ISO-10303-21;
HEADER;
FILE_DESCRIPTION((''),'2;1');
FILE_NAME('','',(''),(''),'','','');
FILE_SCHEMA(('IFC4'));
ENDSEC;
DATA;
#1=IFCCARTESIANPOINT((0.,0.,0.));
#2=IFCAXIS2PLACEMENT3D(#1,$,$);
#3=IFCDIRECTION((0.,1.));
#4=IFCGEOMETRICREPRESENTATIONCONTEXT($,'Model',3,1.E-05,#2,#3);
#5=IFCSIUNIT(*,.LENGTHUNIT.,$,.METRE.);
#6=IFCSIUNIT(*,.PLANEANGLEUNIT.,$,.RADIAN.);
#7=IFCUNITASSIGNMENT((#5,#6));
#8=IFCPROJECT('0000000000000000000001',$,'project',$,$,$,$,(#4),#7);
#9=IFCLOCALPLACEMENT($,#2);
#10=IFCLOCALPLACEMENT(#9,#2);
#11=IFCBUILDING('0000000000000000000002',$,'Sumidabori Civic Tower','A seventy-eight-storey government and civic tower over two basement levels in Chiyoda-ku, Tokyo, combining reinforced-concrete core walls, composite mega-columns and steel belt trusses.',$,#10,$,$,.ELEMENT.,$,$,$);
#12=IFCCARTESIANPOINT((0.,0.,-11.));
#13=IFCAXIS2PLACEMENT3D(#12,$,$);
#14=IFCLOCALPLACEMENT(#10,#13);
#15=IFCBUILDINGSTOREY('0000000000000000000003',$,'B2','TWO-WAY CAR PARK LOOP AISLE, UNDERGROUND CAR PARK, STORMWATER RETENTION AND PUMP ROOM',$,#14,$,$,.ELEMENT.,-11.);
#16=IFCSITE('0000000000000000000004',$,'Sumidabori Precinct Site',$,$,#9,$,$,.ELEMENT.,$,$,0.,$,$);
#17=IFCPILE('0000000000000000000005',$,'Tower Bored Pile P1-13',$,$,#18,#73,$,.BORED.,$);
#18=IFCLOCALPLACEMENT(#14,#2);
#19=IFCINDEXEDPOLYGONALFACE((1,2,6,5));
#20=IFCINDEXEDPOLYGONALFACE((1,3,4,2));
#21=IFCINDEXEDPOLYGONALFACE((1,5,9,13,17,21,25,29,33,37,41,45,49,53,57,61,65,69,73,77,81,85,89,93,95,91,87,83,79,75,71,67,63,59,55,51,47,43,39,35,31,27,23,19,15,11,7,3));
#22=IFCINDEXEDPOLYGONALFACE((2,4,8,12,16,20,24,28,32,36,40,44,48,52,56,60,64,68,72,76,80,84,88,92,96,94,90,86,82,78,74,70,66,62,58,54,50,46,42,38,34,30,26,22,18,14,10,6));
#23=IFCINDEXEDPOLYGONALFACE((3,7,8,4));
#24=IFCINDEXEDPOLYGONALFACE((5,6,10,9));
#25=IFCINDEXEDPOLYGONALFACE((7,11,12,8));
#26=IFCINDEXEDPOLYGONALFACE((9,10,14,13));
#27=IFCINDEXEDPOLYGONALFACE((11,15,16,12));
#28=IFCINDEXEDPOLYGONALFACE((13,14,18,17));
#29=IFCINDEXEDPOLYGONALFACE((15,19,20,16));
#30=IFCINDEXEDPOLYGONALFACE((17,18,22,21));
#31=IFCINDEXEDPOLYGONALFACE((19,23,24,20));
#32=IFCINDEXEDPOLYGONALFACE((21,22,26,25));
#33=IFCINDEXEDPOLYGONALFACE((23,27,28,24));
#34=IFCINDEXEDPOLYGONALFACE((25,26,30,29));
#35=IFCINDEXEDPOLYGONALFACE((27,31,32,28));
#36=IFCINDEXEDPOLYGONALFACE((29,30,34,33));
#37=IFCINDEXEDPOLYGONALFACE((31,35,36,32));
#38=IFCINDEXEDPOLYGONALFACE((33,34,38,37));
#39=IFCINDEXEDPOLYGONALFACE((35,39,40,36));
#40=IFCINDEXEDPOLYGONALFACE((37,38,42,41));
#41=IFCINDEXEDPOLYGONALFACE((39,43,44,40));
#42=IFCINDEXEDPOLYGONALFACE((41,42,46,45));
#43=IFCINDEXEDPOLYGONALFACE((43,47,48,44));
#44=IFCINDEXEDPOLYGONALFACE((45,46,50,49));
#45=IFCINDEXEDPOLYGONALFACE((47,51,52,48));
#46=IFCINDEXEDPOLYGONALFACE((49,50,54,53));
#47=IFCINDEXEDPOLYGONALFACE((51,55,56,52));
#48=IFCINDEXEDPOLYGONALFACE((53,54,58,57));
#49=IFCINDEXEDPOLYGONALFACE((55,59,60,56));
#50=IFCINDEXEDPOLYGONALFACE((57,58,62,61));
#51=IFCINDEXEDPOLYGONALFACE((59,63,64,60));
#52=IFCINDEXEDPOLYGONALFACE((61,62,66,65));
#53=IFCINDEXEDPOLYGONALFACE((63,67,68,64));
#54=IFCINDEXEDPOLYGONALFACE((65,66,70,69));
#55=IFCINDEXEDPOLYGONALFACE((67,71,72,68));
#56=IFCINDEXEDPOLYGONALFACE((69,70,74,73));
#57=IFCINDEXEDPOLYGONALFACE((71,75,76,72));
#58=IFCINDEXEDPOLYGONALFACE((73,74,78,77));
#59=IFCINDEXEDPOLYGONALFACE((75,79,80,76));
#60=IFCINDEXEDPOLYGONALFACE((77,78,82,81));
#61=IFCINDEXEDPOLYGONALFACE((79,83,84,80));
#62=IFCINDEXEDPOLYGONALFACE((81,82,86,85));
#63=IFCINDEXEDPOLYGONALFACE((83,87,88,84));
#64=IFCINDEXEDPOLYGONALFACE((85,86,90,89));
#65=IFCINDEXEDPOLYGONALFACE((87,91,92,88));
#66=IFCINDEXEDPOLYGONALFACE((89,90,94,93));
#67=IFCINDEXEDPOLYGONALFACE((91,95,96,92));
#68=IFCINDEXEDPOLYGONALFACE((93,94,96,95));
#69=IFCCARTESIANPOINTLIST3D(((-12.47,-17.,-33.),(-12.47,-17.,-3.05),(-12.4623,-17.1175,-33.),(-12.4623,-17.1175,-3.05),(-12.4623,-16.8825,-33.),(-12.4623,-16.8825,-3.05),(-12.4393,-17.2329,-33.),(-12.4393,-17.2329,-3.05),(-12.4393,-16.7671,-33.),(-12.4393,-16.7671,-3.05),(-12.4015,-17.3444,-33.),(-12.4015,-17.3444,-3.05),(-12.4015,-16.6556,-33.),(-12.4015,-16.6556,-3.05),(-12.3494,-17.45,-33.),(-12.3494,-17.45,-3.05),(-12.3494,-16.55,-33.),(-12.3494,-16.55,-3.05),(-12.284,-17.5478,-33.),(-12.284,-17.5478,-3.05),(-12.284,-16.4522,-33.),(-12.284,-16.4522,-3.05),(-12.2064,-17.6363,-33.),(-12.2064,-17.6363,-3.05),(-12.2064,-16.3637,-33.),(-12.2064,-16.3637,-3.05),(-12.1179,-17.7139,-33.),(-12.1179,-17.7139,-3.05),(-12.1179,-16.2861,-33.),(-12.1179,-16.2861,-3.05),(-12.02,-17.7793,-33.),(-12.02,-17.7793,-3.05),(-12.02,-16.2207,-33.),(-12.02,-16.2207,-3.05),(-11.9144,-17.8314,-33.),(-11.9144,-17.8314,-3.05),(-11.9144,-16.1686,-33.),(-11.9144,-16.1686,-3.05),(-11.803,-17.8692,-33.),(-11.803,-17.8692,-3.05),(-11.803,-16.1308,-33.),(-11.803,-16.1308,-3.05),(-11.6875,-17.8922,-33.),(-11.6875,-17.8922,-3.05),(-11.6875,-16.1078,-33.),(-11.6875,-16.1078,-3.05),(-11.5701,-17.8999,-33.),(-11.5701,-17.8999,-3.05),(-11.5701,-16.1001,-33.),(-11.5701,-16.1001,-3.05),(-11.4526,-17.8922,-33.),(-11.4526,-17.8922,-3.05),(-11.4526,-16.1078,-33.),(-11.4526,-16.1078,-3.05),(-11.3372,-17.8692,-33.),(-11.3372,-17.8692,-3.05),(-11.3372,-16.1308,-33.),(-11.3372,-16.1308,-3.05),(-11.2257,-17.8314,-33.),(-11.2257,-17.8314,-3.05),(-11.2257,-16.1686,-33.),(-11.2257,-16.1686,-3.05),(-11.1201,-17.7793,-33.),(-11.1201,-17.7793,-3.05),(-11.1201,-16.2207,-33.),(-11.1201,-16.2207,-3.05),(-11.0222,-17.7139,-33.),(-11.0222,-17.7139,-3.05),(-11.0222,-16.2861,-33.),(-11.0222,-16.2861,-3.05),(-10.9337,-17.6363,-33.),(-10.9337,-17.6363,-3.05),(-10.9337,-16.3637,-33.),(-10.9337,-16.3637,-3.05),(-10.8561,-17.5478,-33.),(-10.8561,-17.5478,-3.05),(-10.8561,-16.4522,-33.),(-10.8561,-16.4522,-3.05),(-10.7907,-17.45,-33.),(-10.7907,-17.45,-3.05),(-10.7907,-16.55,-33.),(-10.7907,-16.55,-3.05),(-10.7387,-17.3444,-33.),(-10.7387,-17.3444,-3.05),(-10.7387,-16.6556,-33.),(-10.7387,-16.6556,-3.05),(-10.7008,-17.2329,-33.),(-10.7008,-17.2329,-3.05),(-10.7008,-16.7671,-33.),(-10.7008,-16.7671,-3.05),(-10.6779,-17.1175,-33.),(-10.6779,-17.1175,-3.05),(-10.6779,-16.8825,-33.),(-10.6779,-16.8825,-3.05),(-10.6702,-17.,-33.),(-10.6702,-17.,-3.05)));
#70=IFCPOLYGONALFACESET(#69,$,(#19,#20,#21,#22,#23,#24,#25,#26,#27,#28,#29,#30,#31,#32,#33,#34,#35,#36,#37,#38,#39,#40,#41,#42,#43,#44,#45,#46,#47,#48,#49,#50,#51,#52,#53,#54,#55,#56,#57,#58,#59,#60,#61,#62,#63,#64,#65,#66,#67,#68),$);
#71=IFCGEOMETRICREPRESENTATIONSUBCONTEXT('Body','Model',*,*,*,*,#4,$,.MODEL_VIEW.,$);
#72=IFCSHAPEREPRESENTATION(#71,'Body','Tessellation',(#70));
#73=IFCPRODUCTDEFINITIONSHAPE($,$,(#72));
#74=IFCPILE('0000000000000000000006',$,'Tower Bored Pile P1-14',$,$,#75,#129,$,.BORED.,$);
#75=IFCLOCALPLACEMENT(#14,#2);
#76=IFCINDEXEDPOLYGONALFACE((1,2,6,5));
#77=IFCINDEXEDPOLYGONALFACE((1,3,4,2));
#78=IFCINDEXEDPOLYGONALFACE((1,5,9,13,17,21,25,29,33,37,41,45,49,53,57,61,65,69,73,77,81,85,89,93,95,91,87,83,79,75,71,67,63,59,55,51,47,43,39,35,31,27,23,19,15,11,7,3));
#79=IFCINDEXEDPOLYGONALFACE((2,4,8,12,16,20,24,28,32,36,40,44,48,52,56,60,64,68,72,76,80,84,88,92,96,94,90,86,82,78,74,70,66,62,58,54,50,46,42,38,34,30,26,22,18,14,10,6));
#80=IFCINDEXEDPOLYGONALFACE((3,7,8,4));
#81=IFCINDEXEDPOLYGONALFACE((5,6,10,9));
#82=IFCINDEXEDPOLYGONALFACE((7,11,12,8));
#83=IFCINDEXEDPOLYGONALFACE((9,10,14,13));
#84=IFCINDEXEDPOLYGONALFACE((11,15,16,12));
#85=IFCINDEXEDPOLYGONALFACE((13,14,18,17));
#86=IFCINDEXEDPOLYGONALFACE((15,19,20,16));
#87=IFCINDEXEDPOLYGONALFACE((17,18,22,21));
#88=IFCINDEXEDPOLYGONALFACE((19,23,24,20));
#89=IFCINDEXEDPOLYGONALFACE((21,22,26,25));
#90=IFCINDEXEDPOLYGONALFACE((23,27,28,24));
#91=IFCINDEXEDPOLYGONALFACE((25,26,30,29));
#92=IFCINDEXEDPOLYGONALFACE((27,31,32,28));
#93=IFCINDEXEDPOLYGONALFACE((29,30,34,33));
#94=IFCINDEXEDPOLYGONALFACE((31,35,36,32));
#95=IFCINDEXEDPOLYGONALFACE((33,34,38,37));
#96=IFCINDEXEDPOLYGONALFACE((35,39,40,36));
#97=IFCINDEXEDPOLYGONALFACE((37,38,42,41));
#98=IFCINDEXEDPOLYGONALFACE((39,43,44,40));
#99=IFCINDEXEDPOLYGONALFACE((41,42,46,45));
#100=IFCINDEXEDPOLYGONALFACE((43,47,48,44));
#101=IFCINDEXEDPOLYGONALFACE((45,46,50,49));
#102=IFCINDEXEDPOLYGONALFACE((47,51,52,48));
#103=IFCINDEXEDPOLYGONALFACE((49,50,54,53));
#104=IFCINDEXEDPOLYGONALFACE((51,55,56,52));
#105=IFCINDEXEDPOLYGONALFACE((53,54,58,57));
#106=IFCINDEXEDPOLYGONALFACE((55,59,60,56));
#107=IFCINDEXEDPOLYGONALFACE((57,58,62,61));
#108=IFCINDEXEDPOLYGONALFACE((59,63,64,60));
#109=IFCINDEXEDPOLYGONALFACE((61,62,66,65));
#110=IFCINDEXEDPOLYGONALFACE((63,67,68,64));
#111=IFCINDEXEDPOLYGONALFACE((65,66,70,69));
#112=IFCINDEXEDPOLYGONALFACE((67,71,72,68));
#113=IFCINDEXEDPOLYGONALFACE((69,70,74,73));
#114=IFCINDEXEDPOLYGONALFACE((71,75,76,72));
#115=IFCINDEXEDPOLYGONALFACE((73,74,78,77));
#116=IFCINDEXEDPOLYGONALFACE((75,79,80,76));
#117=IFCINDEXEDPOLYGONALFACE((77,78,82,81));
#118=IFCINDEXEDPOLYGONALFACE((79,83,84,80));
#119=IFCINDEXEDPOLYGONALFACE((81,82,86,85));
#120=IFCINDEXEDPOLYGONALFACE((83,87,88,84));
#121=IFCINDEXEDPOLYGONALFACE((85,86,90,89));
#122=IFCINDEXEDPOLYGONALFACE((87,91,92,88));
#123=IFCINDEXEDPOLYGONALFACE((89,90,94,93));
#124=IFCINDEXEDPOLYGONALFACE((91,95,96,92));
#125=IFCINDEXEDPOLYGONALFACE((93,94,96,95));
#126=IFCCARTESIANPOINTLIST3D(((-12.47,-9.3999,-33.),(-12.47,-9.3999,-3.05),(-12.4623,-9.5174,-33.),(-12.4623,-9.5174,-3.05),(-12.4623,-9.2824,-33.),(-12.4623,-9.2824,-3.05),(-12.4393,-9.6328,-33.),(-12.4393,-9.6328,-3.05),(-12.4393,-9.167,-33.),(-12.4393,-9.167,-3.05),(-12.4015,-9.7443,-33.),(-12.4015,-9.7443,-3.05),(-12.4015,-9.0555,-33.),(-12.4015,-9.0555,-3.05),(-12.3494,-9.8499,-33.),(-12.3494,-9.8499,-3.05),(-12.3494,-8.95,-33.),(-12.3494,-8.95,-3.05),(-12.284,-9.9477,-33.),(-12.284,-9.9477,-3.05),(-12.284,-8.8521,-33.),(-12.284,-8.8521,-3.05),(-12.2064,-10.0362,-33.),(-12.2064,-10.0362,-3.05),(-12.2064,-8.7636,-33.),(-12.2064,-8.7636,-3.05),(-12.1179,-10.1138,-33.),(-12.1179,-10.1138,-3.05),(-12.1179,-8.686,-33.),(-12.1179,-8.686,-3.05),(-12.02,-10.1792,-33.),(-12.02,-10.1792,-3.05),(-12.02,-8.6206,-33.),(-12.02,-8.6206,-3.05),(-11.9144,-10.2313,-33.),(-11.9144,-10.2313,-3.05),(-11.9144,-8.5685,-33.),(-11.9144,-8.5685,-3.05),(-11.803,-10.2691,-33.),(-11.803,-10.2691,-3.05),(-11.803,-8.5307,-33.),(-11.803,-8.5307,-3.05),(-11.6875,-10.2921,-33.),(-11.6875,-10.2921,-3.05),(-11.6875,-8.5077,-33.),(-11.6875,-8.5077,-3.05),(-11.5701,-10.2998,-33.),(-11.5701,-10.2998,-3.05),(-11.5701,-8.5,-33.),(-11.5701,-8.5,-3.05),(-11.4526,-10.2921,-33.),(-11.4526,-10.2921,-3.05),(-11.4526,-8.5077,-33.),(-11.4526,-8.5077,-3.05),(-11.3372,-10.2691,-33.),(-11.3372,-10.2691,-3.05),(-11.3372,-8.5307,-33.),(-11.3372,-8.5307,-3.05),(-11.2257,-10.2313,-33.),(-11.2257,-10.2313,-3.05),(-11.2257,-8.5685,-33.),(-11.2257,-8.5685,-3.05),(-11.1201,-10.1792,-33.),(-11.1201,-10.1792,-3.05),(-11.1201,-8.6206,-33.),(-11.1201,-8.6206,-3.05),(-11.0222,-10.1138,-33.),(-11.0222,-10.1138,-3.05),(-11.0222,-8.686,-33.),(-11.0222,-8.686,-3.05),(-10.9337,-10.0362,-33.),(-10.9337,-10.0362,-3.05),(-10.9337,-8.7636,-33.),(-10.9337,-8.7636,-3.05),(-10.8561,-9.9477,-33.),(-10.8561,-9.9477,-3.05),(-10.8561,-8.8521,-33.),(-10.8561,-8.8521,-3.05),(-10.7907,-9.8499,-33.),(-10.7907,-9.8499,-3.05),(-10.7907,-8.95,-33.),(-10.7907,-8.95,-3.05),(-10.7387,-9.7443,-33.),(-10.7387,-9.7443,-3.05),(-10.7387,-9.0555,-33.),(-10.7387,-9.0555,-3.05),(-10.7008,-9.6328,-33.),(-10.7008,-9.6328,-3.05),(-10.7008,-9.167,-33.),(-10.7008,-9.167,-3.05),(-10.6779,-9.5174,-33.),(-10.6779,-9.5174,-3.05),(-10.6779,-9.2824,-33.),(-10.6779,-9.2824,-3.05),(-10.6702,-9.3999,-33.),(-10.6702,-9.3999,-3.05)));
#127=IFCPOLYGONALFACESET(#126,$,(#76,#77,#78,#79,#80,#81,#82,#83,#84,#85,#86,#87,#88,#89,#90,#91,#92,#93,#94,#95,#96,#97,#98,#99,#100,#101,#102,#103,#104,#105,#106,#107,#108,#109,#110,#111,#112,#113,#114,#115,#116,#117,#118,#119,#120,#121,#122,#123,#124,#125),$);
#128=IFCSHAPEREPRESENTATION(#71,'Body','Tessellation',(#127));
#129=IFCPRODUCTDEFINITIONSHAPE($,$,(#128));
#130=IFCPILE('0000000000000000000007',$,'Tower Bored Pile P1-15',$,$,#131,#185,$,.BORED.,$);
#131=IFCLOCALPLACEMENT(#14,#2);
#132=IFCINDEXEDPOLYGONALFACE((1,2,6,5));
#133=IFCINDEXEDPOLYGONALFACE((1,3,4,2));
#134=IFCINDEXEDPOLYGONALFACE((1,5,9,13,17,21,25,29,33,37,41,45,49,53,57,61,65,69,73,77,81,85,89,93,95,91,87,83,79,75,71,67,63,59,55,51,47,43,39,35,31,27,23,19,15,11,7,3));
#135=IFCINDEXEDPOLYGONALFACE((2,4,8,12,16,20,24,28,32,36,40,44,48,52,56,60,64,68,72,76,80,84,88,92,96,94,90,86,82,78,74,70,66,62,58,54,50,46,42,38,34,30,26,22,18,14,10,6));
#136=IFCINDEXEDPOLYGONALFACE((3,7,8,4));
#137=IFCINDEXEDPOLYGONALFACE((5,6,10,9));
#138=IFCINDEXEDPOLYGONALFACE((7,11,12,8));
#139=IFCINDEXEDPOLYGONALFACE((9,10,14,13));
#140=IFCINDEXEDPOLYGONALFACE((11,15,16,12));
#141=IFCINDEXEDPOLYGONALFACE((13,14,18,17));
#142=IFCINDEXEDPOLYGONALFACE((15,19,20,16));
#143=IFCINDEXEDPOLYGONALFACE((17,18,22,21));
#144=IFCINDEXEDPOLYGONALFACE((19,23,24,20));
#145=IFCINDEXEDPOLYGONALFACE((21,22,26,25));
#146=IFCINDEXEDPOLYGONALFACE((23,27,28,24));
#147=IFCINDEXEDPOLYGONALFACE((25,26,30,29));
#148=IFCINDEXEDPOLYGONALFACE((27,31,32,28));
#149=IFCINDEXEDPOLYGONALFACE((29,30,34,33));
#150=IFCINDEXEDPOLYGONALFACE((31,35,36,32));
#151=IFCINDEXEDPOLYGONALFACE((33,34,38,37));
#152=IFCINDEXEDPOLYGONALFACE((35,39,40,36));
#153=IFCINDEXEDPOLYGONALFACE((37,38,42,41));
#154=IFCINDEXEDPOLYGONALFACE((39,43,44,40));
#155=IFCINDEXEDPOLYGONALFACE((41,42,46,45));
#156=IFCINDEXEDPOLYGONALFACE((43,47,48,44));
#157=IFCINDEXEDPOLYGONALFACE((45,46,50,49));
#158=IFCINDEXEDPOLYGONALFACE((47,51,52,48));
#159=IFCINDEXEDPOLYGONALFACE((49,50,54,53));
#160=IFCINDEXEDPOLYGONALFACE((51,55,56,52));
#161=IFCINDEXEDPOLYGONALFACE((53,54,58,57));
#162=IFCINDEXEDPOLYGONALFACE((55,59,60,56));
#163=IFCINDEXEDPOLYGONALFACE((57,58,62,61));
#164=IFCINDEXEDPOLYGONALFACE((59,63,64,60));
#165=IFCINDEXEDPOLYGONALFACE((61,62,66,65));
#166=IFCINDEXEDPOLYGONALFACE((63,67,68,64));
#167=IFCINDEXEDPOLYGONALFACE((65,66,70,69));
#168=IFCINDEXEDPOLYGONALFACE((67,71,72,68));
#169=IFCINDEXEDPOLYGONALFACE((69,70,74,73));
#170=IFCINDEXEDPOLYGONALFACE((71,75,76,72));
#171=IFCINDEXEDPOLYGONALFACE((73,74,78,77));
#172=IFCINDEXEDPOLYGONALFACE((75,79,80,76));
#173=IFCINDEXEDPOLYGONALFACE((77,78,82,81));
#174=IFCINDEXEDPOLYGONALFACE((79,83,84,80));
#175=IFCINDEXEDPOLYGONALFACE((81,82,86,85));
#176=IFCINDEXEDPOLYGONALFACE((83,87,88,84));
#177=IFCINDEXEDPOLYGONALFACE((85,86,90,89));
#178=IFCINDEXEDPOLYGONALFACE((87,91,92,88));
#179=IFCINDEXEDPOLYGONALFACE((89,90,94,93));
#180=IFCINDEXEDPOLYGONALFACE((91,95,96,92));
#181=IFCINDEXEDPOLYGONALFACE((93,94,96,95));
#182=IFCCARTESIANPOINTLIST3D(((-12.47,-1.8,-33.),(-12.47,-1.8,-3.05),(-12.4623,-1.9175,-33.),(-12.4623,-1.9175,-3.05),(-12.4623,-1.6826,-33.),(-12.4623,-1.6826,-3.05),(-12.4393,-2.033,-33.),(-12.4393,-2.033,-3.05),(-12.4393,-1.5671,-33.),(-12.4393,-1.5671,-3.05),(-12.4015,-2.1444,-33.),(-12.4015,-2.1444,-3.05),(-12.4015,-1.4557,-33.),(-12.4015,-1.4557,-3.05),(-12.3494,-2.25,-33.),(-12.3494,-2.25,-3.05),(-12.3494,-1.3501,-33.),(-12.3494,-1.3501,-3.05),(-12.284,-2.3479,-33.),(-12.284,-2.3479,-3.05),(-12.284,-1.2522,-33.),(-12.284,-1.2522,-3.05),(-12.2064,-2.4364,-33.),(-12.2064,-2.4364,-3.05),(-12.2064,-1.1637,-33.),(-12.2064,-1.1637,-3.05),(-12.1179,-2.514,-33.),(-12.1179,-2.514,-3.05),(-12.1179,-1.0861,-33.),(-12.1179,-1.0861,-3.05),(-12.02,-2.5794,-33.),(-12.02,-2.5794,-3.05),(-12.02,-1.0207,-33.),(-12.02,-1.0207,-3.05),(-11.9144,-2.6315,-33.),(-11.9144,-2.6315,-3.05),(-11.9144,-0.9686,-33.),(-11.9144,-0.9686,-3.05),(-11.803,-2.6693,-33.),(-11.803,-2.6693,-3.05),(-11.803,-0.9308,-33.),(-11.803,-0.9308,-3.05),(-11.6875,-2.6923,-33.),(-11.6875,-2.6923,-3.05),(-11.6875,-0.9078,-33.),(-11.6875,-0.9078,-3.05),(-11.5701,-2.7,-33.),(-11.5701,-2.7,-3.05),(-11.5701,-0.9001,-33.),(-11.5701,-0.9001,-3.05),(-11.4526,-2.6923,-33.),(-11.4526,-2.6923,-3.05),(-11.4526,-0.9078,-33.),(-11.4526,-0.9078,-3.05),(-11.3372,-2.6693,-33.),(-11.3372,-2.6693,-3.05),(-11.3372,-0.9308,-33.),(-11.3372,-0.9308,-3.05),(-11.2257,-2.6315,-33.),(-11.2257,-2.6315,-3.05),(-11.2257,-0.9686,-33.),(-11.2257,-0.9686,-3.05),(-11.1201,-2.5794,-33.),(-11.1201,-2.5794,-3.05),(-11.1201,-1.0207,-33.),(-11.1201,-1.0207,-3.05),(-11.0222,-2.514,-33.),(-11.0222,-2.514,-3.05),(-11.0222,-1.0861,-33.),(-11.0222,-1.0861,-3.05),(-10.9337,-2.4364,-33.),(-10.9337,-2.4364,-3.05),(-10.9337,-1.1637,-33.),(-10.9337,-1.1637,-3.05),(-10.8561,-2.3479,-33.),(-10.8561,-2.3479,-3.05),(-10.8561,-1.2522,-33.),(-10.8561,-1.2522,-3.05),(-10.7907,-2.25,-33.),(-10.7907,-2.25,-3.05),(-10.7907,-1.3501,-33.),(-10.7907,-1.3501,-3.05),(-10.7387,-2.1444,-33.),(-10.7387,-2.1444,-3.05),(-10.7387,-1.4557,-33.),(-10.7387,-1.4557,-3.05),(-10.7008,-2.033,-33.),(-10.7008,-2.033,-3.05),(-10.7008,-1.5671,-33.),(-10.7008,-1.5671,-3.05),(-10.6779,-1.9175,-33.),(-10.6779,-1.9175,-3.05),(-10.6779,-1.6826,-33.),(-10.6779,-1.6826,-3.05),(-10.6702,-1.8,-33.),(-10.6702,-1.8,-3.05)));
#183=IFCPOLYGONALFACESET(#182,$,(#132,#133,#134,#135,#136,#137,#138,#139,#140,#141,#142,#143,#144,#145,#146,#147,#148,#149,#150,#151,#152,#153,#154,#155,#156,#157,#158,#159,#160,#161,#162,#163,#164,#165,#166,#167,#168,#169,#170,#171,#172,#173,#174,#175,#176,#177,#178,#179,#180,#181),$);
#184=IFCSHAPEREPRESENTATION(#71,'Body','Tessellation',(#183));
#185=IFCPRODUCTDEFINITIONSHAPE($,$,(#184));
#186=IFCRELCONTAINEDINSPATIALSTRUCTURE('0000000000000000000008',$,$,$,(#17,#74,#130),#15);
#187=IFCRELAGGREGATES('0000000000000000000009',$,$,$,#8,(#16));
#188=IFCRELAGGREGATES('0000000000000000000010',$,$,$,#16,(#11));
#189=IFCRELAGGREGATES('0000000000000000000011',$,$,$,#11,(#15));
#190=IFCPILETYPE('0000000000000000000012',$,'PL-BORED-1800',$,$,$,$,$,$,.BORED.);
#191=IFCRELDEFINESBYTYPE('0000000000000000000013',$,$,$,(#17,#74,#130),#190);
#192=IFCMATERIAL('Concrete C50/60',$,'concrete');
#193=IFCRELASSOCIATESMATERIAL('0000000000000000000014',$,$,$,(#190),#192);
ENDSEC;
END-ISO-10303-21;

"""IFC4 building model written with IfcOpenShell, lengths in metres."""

from ifc_helpers import new_model, si_unit, direction, frame, origin, origin_2d, place, context, subcontext, project, spatial, circle, extrude, source, transform, mapped, material, material_profile, profile_set, type_object, element, save


model = new_model("IFC4")

# Units and contexts
model_context = context("Model", 3, precision=1e-05, world=origin(), true_north=direction((0.0, 1.0)))
body_context = subcontext(model_context, "Body", "Model", "MODEL_VIEW")
ifc_project = project(units=[si_unit("LENGTHUNIT", "METRE"), si_unit("PLANEANGLEUNIT", "RADIAN")], contexts=[model_context])

# Site, building, storey
site_placement = place(None, origin())
site = spatial("IfcSite", under=ifc_project, at=site_placement, Name="Sumidabori Precinct Site", CompositionType="ELEMENT", RefElevation=0.0)
building_placement = place(site_placement, origin())
building = spatial("IfcBuilding", under=site, at=building_placement, Name="Sumidabori Civic Tower", Description="A seventy-eight-storey government and civic tower over two basement levels in Chiyoda-ku, Tokyo, combining reinforced-concrete core walls, composite mega-columns and steel belt trusses.", CompositionType="ELEMENT")
storey_placement = place(building_placement, frame((0.0, 0.0, -11.0)))
storey = spatial("IfcBuildingStorey", under=building, at=storey_placement, Name="B2", Description="TWO-WAY CAR PARK LOOP AISLE, UNDERGROUND CAR PARK, STORMWATER RETENTION AND PUMP ROOM", CompositionType="ELEMENT", Elevation=-11.0)

# Piles
ifc_material_1 = material(Name="Concrete C50/60", Category="concrete")
ifc_material_profile_1 = material_profile(ifc_material_1, circle(Radius=0.8999, at=origin_2d()), Name="BORED PILE 1800")
ifc_profile_set_1 = profile_set([ifc_material_profile_1], Name="Concrete C50/60")
pile_type = type_object("IfcPileType", Name="PL-BORED-1800", PredefinedType="BORED", material=ifc_profile_set_1)
shared_shape_1 = source(origin(), body_context, "Body", "SweptSolid", [
    extrude(circle(Radius=0.8999, at=origin_2d()), origin(), (0.0, 0.0, 1.0), 29.95),
])
for number, where, z_axis, x_axis, name in (
    (1, (-11.5701, -17.0, -3.05), (0.0, 0.0, -1.0), (1.0, 0.0, 0.0), "Tower Bored Pile P1-13"),
    (2, (-11.5701, -9.3999, -3.05), (0.0, 0.0, -1.0), (1.0, 0.0, 0.0), "Tower Bored Pile P1-14"),
    (3, (-11.5701, -1.8, -3.05), (0.0, 0.0, -1.0), (1.0, 0.0, 0.0), "Tower Bored Pile P1-15"),
):
    element("IfcPile", number, at=place(storey_placement, frame(where, z_axis=z_axis, x_axis=x_axis)), inside=storey, type_object=pile_type, Name=name, PredefinedType="BORED", context=body_context, shape_type="MappedRepresentation", body=[
        mapped(shared_shape_1, transform((0.0, 0.0, 0.0), x_axis=(1.0, 0.0, 0.0), y_axis=(0.0, 1.0, 0.0), z_axis=(0.0, 0.0, 1.0), scale=1.0)),
    ])

save(model, "model.ifc")
